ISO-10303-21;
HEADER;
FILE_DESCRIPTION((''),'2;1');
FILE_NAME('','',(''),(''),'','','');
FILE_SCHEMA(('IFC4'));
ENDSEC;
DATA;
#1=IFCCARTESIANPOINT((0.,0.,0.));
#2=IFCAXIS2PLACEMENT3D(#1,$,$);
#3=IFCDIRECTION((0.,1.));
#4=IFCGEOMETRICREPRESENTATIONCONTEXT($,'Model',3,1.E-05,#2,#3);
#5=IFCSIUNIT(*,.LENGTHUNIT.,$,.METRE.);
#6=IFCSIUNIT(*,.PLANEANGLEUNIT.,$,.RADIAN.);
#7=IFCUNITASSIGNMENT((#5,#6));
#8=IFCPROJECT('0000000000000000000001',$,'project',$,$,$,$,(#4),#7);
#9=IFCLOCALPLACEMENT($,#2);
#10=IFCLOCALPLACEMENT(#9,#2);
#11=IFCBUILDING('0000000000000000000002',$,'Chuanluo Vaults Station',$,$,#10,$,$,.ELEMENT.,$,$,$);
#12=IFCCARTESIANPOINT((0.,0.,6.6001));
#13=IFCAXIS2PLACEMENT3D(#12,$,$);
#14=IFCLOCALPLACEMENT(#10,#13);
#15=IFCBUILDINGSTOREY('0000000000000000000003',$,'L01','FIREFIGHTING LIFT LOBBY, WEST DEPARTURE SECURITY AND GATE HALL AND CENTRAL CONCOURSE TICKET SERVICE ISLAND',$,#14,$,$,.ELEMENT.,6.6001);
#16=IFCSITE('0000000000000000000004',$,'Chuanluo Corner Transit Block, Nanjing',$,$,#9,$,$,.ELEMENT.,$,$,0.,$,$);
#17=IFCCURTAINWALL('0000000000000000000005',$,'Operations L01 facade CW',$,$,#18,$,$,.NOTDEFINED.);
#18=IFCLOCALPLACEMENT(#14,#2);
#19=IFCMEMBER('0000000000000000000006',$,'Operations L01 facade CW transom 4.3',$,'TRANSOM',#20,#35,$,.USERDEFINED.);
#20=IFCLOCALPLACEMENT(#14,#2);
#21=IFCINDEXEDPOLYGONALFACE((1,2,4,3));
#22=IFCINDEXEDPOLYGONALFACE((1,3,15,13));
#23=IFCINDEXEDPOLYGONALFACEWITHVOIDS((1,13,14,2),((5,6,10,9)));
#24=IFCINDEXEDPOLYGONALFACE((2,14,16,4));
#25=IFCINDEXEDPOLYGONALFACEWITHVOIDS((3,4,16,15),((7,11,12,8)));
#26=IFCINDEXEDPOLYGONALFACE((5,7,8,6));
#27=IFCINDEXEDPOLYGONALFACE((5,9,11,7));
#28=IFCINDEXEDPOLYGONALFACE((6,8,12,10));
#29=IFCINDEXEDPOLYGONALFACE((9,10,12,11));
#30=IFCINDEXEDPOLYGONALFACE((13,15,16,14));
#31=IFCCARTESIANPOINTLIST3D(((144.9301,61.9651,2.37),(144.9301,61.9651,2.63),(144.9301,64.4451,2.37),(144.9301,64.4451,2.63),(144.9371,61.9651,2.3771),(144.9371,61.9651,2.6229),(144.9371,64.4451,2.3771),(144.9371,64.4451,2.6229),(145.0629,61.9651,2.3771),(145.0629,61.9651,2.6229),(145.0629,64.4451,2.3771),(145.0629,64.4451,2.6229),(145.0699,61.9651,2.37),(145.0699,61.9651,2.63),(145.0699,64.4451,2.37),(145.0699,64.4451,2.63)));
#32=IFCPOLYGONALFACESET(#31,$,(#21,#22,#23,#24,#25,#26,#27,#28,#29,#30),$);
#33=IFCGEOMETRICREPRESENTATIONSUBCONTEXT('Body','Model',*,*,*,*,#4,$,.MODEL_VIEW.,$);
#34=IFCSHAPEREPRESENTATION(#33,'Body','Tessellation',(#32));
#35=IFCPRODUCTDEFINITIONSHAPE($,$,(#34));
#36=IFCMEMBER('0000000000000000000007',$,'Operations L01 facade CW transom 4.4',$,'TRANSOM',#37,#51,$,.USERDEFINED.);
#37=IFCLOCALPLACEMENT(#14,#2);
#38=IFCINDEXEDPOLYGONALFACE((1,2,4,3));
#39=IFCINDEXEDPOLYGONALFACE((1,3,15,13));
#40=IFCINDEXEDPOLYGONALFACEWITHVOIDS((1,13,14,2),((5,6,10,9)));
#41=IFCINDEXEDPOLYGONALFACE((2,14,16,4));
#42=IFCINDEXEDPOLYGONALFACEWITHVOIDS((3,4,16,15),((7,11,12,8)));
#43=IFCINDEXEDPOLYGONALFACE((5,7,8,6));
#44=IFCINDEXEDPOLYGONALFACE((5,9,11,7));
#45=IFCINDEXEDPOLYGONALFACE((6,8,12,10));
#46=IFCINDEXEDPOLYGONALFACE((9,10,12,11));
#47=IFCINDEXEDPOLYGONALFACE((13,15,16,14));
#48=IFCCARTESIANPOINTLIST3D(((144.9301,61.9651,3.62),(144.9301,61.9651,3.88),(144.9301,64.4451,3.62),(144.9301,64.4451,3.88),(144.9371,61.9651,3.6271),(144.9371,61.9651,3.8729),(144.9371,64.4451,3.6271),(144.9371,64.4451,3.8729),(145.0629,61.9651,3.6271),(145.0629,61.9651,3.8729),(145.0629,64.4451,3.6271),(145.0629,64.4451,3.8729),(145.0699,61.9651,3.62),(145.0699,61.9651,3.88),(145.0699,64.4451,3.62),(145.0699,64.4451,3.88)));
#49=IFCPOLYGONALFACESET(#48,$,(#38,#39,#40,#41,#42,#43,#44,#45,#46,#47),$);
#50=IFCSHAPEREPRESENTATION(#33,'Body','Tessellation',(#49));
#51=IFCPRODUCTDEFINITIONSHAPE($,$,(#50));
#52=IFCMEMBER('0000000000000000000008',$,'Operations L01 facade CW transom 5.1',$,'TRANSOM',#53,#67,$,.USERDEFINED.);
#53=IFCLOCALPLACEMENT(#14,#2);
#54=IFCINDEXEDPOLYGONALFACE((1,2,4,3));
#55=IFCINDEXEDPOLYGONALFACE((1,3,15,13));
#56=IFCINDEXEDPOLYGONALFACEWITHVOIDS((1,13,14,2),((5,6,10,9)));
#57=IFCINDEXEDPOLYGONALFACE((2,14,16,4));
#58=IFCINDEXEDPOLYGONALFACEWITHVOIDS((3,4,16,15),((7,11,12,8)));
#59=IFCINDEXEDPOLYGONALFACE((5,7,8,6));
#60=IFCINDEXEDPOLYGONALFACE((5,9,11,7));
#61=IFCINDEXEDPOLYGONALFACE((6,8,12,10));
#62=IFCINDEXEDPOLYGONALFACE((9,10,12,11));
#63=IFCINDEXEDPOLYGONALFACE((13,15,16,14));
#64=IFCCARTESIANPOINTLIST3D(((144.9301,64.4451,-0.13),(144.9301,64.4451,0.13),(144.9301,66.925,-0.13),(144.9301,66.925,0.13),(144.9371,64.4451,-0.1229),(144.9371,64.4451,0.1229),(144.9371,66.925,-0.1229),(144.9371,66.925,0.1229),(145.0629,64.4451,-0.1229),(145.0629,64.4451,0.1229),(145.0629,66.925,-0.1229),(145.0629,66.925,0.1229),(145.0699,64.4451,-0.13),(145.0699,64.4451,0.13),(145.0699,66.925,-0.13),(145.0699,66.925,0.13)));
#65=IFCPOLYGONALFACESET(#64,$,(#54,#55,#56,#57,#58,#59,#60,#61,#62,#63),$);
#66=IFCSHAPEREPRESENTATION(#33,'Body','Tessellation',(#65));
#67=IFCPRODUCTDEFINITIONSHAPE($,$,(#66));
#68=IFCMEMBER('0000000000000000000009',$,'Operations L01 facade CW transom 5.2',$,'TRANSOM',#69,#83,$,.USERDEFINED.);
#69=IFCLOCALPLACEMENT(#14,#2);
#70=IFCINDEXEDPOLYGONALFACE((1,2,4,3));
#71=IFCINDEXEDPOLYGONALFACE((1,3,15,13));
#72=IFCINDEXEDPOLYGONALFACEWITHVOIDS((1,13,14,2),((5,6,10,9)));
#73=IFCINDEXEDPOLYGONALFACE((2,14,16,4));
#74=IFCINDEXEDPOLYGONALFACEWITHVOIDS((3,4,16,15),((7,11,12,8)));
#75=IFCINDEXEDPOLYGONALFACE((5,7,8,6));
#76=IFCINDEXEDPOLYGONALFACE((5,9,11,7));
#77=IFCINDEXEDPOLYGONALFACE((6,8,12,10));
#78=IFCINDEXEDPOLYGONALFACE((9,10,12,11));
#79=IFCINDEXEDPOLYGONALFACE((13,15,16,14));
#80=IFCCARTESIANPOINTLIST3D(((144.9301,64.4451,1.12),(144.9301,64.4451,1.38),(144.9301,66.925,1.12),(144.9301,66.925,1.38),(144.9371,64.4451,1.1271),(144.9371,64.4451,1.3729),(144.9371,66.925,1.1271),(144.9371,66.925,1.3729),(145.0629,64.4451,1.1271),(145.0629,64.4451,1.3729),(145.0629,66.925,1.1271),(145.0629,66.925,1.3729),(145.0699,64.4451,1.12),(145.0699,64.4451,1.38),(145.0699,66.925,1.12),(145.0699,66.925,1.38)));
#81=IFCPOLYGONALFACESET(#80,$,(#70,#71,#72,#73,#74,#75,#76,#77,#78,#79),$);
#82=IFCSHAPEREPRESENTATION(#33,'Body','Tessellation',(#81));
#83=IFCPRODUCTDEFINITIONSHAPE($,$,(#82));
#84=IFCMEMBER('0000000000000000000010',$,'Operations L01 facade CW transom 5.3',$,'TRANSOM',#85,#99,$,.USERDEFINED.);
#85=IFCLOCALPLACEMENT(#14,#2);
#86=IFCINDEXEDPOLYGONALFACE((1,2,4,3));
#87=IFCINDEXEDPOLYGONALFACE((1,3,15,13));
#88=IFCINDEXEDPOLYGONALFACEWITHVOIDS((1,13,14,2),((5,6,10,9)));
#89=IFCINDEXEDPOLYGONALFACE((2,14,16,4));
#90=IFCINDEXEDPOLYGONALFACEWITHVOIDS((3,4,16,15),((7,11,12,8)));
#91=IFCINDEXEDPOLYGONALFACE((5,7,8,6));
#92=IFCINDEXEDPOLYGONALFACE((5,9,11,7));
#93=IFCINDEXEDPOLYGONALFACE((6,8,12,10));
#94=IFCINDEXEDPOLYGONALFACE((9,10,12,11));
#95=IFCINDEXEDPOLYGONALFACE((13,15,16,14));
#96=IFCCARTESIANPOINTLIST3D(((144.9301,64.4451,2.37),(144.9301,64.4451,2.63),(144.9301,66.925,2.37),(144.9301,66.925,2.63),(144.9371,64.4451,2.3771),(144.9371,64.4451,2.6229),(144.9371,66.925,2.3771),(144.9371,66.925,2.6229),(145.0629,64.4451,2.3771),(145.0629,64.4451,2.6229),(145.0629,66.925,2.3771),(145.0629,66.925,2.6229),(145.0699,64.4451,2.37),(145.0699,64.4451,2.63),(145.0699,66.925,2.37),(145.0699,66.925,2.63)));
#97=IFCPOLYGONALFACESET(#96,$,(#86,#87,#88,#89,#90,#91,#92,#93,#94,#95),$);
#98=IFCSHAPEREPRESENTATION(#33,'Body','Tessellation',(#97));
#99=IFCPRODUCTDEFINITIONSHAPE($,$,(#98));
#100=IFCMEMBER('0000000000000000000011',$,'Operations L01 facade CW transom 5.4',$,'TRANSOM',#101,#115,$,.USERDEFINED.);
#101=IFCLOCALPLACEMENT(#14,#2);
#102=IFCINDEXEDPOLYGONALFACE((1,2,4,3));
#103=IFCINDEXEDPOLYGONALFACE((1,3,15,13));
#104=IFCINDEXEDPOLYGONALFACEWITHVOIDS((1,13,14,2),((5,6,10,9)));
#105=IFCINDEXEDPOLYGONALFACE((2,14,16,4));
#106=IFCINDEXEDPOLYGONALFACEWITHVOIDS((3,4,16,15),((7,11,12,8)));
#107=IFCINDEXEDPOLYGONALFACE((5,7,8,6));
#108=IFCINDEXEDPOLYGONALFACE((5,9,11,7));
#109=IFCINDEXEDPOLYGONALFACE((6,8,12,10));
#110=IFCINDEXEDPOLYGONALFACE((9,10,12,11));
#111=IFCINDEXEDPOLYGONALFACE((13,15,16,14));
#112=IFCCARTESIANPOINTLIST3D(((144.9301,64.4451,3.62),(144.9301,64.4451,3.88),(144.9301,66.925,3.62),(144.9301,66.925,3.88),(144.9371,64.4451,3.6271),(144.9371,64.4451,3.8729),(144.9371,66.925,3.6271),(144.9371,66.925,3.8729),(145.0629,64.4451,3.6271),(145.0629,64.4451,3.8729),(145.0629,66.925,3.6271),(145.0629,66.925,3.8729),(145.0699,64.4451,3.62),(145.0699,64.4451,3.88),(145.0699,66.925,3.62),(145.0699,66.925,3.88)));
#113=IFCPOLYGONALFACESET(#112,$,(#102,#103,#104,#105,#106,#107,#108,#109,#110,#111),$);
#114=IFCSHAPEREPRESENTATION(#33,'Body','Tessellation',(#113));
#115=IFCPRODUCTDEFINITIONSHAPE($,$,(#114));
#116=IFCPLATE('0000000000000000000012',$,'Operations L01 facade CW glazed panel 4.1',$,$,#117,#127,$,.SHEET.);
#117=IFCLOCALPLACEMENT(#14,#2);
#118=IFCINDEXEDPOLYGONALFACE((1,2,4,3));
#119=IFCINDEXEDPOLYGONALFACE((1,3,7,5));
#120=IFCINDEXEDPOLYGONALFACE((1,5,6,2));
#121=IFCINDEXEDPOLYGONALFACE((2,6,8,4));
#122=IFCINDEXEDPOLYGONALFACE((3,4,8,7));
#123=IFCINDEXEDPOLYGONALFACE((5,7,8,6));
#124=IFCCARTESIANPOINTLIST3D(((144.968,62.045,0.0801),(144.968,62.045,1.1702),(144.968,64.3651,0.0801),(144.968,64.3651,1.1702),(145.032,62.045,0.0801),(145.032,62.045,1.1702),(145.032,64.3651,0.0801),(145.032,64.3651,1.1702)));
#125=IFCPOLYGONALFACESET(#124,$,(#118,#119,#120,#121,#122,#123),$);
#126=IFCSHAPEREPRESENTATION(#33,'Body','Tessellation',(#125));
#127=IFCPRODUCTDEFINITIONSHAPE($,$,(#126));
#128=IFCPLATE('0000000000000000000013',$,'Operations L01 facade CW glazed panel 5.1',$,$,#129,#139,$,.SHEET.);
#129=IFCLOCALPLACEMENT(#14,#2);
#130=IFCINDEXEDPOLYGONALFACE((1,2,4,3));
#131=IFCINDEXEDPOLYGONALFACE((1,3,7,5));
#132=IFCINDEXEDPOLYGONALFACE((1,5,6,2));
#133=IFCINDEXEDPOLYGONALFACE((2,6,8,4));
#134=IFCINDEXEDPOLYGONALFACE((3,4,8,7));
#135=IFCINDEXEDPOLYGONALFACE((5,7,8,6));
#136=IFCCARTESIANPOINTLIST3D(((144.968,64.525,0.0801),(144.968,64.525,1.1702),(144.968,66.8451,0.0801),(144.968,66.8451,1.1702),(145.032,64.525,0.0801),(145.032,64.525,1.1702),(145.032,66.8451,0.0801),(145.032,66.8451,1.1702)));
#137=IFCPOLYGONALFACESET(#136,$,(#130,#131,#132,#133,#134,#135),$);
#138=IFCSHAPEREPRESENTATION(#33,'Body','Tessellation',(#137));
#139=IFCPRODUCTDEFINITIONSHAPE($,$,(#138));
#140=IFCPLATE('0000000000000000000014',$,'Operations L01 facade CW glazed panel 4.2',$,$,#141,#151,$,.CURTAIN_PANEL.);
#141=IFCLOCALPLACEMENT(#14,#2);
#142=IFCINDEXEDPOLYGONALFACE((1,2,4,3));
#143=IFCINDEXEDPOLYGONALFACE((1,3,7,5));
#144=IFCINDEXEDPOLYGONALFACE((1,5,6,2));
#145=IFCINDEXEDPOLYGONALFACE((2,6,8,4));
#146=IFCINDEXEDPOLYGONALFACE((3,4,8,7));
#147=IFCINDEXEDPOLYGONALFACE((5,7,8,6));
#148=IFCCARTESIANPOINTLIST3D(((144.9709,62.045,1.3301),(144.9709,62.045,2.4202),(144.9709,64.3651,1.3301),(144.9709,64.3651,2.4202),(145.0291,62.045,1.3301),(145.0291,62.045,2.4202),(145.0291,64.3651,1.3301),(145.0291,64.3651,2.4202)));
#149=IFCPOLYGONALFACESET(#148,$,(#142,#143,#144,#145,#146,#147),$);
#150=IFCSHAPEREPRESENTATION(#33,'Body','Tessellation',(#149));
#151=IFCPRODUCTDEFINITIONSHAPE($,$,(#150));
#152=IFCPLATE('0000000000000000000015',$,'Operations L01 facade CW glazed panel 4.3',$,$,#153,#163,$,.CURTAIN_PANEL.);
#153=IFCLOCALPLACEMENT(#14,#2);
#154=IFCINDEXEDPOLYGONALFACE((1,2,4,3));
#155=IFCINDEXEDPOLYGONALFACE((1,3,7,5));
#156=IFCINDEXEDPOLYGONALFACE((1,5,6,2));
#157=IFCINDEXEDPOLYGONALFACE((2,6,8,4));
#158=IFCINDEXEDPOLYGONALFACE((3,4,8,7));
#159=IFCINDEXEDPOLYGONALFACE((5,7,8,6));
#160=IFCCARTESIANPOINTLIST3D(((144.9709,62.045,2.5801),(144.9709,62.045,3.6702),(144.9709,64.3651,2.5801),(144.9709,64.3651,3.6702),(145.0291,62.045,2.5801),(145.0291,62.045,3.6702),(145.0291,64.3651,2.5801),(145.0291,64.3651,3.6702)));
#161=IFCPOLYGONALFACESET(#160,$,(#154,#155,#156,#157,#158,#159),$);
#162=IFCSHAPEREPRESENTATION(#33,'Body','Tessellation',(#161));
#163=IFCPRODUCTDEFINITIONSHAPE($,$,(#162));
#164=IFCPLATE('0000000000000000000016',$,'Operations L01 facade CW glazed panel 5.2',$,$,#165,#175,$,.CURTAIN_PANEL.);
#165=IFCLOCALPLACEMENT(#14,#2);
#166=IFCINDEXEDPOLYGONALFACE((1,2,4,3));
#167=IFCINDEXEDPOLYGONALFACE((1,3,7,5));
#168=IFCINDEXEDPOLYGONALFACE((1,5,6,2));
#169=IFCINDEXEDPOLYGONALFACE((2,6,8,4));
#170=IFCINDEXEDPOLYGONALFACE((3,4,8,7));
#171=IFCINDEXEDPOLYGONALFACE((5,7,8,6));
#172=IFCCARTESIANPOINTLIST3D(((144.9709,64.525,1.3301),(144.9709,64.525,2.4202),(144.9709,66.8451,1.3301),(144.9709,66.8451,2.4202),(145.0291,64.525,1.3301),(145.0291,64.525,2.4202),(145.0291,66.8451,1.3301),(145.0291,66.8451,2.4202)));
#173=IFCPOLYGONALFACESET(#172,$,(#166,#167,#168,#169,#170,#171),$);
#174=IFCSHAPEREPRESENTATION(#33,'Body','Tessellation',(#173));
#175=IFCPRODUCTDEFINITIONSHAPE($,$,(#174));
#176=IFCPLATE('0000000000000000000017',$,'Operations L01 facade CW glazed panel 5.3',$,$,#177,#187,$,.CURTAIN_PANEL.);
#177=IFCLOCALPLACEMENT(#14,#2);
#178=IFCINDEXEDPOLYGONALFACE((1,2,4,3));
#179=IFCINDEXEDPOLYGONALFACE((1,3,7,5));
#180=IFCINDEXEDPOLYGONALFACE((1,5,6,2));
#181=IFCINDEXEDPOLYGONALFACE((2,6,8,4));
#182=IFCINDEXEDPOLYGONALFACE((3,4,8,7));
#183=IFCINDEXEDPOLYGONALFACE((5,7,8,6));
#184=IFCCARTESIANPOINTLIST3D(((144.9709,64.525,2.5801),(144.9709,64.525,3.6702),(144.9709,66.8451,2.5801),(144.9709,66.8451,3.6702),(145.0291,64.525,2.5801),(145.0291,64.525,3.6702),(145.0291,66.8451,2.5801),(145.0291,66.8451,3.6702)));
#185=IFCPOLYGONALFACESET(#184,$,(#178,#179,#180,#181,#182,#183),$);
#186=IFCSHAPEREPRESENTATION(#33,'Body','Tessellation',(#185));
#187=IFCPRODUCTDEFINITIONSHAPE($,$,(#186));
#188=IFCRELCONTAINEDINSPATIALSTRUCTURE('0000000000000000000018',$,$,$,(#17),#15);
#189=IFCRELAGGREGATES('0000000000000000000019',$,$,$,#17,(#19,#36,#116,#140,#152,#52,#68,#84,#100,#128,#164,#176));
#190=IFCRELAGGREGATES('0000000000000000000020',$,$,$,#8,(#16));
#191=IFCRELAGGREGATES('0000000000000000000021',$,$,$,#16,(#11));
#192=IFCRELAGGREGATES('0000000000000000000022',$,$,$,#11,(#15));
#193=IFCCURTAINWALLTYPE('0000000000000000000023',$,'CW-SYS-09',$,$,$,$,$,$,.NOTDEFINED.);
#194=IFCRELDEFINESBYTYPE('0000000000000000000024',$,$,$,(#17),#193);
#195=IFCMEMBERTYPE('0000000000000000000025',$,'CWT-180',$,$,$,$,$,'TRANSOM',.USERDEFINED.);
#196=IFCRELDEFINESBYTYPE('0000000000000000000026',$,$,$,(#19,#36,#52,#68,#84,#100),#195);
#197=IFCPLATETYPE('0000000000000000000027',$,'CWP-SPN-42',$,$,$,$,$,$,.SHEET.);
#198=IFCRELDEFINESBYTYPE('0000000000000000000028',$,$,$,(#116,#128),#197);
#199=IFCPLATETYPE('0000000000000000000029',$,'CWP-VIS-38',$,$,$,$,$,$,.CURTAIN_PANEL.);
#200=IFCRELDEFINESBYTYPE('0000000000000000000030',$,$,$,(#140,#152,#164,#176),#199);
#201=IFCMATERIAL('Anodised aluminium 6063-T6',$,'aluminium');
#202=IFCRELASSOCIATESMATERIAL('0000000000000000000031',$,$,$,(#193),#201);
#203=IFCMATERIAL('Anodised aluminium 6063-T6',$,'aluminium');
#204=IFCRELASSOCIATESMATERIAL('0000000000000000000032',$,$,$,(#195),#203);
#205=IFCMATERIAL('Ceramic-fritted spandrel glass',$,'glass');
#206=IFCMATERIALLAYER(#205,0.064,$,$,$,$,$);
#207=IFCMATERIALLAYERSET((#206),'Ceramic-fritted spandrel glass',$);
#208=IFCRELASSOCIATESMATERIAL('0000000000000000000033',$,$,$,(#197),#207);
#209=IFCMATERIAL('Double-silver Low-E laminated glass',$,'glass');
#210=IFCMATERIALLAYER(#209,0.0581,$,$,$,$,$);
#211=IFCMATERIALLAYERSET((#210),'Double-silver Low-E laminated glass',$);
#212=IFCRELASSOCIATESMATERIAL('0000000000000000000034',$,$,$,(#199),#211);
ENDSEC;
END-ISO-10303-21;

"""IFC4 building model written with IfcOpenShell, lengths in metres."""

from ifc_helpers import new_model, si_unit, direction, frame, origin, origin_2d, place, context, subcontext, project, spatial, rectangle, hollow_rectangle, extrude, material, layer, layer_set, material_profile, profile_set, type_object, element, aggregate, save


model = new_model("IFC4")

# Units and contexts
model_context = context("Model", 3, precision=1e-05, world=origin(), true_north=direction((0.0, 1.0)))
body_context = subcontext(model_context, "Body", "Model", "MODEL_VIEW")
ifc_project = project(units=[si_unit("LENGTHUNIT", "METRE"), si_unit("PLANEANGLEUNIT", "RADIAN")], contexts=[model_context])

# Site, building, storey
site_placement = place(None, origin())
site = spatial("IfcSite", under=ifc_project, at=site_placement, Name="Chuanluo Corner Transit Block, Nanjing", CompositionType="ELEMENT", RefElevation=0.0)
building_placement = place(site_placement, origin())
building = spatial("IfcBuilding", under=site, at=building_placement, Name="Chuanluo Vaults Station", CompositionType="ELEMENT")
storey_placement = place(building_placement, frame((0.0, 0.0, 6.6001)))
storey = spatial("IfcBuildingStorey", under=building, at=storey_placement, Name="L01", Description="FIREFIGHTING LIFT LOBBY, WEST DEPARTURE SECURITY AND GATE HALL AND CENTRAL CONCOURSE TICKET SERVICE ISLAND", CompositionType="ELEMENT", Elevation=6.6001)

# Curtain wall
ifc_material_1 = material(Name="Anodised aluminium 6063-T6", Category="aluminium")
curtain_wall_type_1 = type_object("IfcCurtainWallType", Name="CW-SYS-09", PredefinedType="NOTDEFINED", material=ifc_material_1)
curtain_wall_1_placement = place(storey_placement, origin())
curtain_wall_1 = element("IfcCurtainWall", 1, at=curtain_wall_1_placement, inside=storey, type_object=curtain_wall_type_1, Name="Operations L01 facade CW", PredefinedType="NOTDEFINED")

# Members
ifc_material_2 = material(Name="Anodised aluminium 6063-T6", Category="aluminium")
ifc_material_profile_1 = material_profile(ifc_material_2, hollow_rectangle(XDim=0.1399, YDim=0.26, WallThickness=0.0071, at=origin_2d()))
ifc_profile_set_1 = profile_set([ifc_material_profile_1], Name="Anodised aluminium 6063-T6")
member_type_1 = type_object("IfcMemberType", Name="CWT-180", ElementType="TRANSOM", PredefinedType="USERDEFINED", material=ifc_profile_set_1)
member_1_placement = place(storey_placement, frame((145.0, 61.9651, 2.5), z_axis=(0.0, 1.0, 0.0), x_axis=(-1.0, 0.0, 0.0)))
member_1 = element("IfcMember", 2, at=member_1_placement, type_object=member_type_1, Name="Operations L01 facade CW transom 4.3", ObjectType="TRANSOM", PredefinedType="USERDEFINED", context=body_context, shape_type="SweptSolid", body=[
    extrude(hollow_rectangle(XDim=0.1399, YDim=0.26, WallThickness=0.0071, at=origin_2d()), origin(), (0.0, 0.0, 1.0), 2.48),
])
member_2_placement = place(storey_placement, frame((145.0, 61.9651, 3.75), z_axis=(0.0, 1.0, 0.0), x_axis=(-1.0, 0.0, 0.0)))
member_2 = element("IfcMember", 3, at=member_2_placement, type_object=member_type_1, Name="Operations L01 facade CW transom 4.4", ObjectType="TRANSOM", PredefinedType="USERDEFINED", context=body_context, shape_type="SweptSolid", body=[
    extrude(hollow_rectangle(XDim=0.1399, YDim=0.26, WallThickness=0.0071, at=origin_2d()), origin(), (0.0, 0.0, 1.0), 2.48),
])
member_3_placement = place(storey_placement, frame((145.0, 64.4451, 0.0), z_axis=(0.0, 1.0, 0.0), x_axis=(-1.0, 0.0, 0.0)))
member_3 = element("IfcMember", 4, at=member_3_placement, type_object=member_type_1, Name="Operations L01 facade CW transom 5.1", ObjectType="TRANSOM", PredefinedType="USERDEFINED", context=body_context, shape_type="SweptSolid", body=[
    extrude(hollow_rectangle(XDim=0.1399, YDim=0.26, WallThickness=0.0071, at=origin_2d()), origin(), (0.0, 0.0, 1.0), 2.48),
])
member_4_placement = place(storey_placement, frame((145.0, 64.4451, 1.25), z_axis=(0.0, 1.0, 0.0), x_axis=(-1.0, 0.0, 0.0)))
member_4 = element("IfcMember", 5, at=member_4_placement, type_object=member_type_1, Name="Operations L01 facade CW transom 5.2", ObjectType="TRANSOM", PredefinedType="USERDEFINED", context=body_context, shape_type="SweptSolid", body=[
    extrude(hollow_rectangle(XDim=0.1399, YDim=0.26, WallThickness=0.0071, at=origin_2d()), origin(), (0.0, 0.0, 1.0), 2.48),
])
member_5_placement = place(storey_placement, frame((145.0, 64.4451, 2.5), z_axis=(0.0, 1.0, 0.0), x_axis=(-1.0, 0.0, 0.0)))
member_5 = element("IfcMember", 6, at=member_5_placement, type_object=member_type_1, Name="Operations L01 facade CW transom 5.3", ObjectType="TRANSOM", PredefinedType="USERDEFINED", context=body_context, shape_type="SweptSolid", body=[
    extrude(hollow_rectangle(XDim=0.1399, YDim=0.26, WallThickness=0.0071, at=origin_2d()), origin(), (0.0, 0.0, 1.0), 2.48),
])
member_6_placement = place(storey_placement, frame((145.0, 64.4451, 3.75), z_axis=(0.0, 1.0, 0.0), x_axis=(-1.0, 0.0, 0.0)))
member_6 = element("IfcMember", 7, at=member_6_placement, type_object=member_type_1, Name="Operations L01 facade CW transom 5.4", ObjectType="TRANSOM", PredefinedType="USERDEFINED", context=body_context, shape_type="SweptSolid", body=[
    extrude(hollow_rectangle(XDim=0.1399, YDim=0.26, WallThickness=0.0071, at=origin_2d()), origin(), (0.0, 0.0, 1.0), 2.48),
])

# Plates
ifc_material_3 = material(Name="Ceramic-fritted spandrel glass", Category="glass")
ifc_layer_1 = layer(ifc_material_3, 0.064)
ifc_layer_set_1 = layer_set([ifc_layer_1], Name="Ceramic-fritted spandrel glass")
plate_type_1 = type_object("IfcPlateType", Name="CWP-SPN-42", PredefinedType="SHEET", material=ifc_layer_set_1)
plate_1_placement = place(storey_placement, frame((145.0, 63.2051, 0.0801), z_axis=(0.0, 0.0, 1.0), x_axis=(0.0, 1.0, 0.0)))
plate_1 = element("IfcPlate", 8, at=plate_1_placement, type_object=plate_type_1, Name="Operations L01 facade CW glazed panel 4.1", PredefinedType="SHEET", context=body_context, shape_type="SweptSolid", body=[
    extrude(rectangle(XDim=2.3201, YDim=0.064, at=origin_2d()), origin(), (0.0, 0.0, 1.0), 1.0901),
])
plate_2_placement = place(storey_placement, frame((145.0, 65.6851, 0.0801), z_axis=(0.0, 0.0, 1.0), x_axis=(0.0, 1.0, 0.0)))
plate_2 = element("IfcPlate", 9, at=plate_2_placement, type_object=plate_type_1, Name="Operations L01 facade CW glazed panel 5.1", PredefinedType="SHEET", context=body_context, shape_type="SweptSolid", body=[
    extrude(rectangle(XDim=2.3201, YDim=0.064, at=origin_2d()), origin(), (0.0, 0.0, 1.0), 1.0901),
])
ifc_material_4 = material(Name="Double-silver Low-E laminated glass", Category="glass")
ifc_layer_2 = layer(ifc_material_4, 0.0581)
ifc_layer_set_2 = layer_set([ifc_layer_2], Name="Double-silver Low-E laminated glass")
plate_type_2 = type_object("IfcPlateType", Name="CWP-VIS-38", PredefinedType="CURTAIN_PANEL", material=ifc_layer_set_2)
plate_3_placement = place(storey_placement, frame((145.0, 63.2051, 1.3301), z_axis=(0.0, 0.0, 1.0), x_axis=(0.0, 1.0, 0.0)))
plate_3 = element("IfcPlate", 10, at=plate_3_placement, type_object=plate_type_2, Name="Operations L01 facade CW glazed panel 4.2", PredefinedType="CURTAIN_PANEL", context=body_context, shape_type="SweptSolid", body=[
    extrude(rectangle(XDim=2.3201, YDim=0.0581, at=origin_2d()), origin(), (0.0, 0.0, 1.0), 1.0901),
])
plate_4_placement = place(storey_placement, frame((145.0, 63.2051, 2.5801), z_axis=(0.0, 0.0, 1.0), x_axis=(0.0, 1.0, 0.0)))
plate_4 = element("IfcPlate", 11, at=plate_4_placement, type_object=plate_type_2, Name="Operations L01 facade CW glazed panel 4.3", PredefinedType="CURTAIN_PANEL", context=body_context, shape_type="SweptSolid", body=[
    extrude(rectangle(XDim=2.3201, YDim=0.0581, at=origin_2d()), origin(), (0.0, 0.0, 1.0), 1.0901),
])
plate_5_placement = place(storey_placement, frame((145.0, 65.6851, 1.3301), z_axis=(0.0, 0.0, 1.0), x_axis=(0.0, 1.0, 0.0)))
plate_5 = element("IfcPlate", 12, at=plate_5_placement, type_object=plate_type_2, Name="Operations L01 facade CW glazed panel 5.2", PredefinedType="CURTAIN_PANEL", context=body_context, shape_type="SweptSolid", body=[
    extrude(rectangle(XDim=2.3201, YDim=0.0581, at=origin_2d()), origin(), (0.0, 0.0, 1.0), 1.0901),
])
plate_6_placement = place(storey_placement, frame((145.0, 65.6851, 2.5801), z_axis=(0.0, 0.0, 1.0), x_axis=(0.0, 1.0, 0.0)))
plate_6 = element("IfcPlate", 13, at=plate_6_placement, type_object=plate_type_2, Name="Operations L01 facade CW glazed panel 5.3", PredefinedType="CURTAIN_PANEL", context=body_context, shape_type="SweptSolid", body=[
    extrude(rectangle(XDim=2.3201, YDim=0.0581, at=origin_2d()), origin(), (0.0, 0.0, 1.0), 1.0901),
])
aggregate(curtain_wall_1, [member_1, member_2, plate_1, plate_3, plate_4, member_3, member_4, member_5, member_6, plate_2, plate_5, plate_6])

save(model, "model.ifc")
